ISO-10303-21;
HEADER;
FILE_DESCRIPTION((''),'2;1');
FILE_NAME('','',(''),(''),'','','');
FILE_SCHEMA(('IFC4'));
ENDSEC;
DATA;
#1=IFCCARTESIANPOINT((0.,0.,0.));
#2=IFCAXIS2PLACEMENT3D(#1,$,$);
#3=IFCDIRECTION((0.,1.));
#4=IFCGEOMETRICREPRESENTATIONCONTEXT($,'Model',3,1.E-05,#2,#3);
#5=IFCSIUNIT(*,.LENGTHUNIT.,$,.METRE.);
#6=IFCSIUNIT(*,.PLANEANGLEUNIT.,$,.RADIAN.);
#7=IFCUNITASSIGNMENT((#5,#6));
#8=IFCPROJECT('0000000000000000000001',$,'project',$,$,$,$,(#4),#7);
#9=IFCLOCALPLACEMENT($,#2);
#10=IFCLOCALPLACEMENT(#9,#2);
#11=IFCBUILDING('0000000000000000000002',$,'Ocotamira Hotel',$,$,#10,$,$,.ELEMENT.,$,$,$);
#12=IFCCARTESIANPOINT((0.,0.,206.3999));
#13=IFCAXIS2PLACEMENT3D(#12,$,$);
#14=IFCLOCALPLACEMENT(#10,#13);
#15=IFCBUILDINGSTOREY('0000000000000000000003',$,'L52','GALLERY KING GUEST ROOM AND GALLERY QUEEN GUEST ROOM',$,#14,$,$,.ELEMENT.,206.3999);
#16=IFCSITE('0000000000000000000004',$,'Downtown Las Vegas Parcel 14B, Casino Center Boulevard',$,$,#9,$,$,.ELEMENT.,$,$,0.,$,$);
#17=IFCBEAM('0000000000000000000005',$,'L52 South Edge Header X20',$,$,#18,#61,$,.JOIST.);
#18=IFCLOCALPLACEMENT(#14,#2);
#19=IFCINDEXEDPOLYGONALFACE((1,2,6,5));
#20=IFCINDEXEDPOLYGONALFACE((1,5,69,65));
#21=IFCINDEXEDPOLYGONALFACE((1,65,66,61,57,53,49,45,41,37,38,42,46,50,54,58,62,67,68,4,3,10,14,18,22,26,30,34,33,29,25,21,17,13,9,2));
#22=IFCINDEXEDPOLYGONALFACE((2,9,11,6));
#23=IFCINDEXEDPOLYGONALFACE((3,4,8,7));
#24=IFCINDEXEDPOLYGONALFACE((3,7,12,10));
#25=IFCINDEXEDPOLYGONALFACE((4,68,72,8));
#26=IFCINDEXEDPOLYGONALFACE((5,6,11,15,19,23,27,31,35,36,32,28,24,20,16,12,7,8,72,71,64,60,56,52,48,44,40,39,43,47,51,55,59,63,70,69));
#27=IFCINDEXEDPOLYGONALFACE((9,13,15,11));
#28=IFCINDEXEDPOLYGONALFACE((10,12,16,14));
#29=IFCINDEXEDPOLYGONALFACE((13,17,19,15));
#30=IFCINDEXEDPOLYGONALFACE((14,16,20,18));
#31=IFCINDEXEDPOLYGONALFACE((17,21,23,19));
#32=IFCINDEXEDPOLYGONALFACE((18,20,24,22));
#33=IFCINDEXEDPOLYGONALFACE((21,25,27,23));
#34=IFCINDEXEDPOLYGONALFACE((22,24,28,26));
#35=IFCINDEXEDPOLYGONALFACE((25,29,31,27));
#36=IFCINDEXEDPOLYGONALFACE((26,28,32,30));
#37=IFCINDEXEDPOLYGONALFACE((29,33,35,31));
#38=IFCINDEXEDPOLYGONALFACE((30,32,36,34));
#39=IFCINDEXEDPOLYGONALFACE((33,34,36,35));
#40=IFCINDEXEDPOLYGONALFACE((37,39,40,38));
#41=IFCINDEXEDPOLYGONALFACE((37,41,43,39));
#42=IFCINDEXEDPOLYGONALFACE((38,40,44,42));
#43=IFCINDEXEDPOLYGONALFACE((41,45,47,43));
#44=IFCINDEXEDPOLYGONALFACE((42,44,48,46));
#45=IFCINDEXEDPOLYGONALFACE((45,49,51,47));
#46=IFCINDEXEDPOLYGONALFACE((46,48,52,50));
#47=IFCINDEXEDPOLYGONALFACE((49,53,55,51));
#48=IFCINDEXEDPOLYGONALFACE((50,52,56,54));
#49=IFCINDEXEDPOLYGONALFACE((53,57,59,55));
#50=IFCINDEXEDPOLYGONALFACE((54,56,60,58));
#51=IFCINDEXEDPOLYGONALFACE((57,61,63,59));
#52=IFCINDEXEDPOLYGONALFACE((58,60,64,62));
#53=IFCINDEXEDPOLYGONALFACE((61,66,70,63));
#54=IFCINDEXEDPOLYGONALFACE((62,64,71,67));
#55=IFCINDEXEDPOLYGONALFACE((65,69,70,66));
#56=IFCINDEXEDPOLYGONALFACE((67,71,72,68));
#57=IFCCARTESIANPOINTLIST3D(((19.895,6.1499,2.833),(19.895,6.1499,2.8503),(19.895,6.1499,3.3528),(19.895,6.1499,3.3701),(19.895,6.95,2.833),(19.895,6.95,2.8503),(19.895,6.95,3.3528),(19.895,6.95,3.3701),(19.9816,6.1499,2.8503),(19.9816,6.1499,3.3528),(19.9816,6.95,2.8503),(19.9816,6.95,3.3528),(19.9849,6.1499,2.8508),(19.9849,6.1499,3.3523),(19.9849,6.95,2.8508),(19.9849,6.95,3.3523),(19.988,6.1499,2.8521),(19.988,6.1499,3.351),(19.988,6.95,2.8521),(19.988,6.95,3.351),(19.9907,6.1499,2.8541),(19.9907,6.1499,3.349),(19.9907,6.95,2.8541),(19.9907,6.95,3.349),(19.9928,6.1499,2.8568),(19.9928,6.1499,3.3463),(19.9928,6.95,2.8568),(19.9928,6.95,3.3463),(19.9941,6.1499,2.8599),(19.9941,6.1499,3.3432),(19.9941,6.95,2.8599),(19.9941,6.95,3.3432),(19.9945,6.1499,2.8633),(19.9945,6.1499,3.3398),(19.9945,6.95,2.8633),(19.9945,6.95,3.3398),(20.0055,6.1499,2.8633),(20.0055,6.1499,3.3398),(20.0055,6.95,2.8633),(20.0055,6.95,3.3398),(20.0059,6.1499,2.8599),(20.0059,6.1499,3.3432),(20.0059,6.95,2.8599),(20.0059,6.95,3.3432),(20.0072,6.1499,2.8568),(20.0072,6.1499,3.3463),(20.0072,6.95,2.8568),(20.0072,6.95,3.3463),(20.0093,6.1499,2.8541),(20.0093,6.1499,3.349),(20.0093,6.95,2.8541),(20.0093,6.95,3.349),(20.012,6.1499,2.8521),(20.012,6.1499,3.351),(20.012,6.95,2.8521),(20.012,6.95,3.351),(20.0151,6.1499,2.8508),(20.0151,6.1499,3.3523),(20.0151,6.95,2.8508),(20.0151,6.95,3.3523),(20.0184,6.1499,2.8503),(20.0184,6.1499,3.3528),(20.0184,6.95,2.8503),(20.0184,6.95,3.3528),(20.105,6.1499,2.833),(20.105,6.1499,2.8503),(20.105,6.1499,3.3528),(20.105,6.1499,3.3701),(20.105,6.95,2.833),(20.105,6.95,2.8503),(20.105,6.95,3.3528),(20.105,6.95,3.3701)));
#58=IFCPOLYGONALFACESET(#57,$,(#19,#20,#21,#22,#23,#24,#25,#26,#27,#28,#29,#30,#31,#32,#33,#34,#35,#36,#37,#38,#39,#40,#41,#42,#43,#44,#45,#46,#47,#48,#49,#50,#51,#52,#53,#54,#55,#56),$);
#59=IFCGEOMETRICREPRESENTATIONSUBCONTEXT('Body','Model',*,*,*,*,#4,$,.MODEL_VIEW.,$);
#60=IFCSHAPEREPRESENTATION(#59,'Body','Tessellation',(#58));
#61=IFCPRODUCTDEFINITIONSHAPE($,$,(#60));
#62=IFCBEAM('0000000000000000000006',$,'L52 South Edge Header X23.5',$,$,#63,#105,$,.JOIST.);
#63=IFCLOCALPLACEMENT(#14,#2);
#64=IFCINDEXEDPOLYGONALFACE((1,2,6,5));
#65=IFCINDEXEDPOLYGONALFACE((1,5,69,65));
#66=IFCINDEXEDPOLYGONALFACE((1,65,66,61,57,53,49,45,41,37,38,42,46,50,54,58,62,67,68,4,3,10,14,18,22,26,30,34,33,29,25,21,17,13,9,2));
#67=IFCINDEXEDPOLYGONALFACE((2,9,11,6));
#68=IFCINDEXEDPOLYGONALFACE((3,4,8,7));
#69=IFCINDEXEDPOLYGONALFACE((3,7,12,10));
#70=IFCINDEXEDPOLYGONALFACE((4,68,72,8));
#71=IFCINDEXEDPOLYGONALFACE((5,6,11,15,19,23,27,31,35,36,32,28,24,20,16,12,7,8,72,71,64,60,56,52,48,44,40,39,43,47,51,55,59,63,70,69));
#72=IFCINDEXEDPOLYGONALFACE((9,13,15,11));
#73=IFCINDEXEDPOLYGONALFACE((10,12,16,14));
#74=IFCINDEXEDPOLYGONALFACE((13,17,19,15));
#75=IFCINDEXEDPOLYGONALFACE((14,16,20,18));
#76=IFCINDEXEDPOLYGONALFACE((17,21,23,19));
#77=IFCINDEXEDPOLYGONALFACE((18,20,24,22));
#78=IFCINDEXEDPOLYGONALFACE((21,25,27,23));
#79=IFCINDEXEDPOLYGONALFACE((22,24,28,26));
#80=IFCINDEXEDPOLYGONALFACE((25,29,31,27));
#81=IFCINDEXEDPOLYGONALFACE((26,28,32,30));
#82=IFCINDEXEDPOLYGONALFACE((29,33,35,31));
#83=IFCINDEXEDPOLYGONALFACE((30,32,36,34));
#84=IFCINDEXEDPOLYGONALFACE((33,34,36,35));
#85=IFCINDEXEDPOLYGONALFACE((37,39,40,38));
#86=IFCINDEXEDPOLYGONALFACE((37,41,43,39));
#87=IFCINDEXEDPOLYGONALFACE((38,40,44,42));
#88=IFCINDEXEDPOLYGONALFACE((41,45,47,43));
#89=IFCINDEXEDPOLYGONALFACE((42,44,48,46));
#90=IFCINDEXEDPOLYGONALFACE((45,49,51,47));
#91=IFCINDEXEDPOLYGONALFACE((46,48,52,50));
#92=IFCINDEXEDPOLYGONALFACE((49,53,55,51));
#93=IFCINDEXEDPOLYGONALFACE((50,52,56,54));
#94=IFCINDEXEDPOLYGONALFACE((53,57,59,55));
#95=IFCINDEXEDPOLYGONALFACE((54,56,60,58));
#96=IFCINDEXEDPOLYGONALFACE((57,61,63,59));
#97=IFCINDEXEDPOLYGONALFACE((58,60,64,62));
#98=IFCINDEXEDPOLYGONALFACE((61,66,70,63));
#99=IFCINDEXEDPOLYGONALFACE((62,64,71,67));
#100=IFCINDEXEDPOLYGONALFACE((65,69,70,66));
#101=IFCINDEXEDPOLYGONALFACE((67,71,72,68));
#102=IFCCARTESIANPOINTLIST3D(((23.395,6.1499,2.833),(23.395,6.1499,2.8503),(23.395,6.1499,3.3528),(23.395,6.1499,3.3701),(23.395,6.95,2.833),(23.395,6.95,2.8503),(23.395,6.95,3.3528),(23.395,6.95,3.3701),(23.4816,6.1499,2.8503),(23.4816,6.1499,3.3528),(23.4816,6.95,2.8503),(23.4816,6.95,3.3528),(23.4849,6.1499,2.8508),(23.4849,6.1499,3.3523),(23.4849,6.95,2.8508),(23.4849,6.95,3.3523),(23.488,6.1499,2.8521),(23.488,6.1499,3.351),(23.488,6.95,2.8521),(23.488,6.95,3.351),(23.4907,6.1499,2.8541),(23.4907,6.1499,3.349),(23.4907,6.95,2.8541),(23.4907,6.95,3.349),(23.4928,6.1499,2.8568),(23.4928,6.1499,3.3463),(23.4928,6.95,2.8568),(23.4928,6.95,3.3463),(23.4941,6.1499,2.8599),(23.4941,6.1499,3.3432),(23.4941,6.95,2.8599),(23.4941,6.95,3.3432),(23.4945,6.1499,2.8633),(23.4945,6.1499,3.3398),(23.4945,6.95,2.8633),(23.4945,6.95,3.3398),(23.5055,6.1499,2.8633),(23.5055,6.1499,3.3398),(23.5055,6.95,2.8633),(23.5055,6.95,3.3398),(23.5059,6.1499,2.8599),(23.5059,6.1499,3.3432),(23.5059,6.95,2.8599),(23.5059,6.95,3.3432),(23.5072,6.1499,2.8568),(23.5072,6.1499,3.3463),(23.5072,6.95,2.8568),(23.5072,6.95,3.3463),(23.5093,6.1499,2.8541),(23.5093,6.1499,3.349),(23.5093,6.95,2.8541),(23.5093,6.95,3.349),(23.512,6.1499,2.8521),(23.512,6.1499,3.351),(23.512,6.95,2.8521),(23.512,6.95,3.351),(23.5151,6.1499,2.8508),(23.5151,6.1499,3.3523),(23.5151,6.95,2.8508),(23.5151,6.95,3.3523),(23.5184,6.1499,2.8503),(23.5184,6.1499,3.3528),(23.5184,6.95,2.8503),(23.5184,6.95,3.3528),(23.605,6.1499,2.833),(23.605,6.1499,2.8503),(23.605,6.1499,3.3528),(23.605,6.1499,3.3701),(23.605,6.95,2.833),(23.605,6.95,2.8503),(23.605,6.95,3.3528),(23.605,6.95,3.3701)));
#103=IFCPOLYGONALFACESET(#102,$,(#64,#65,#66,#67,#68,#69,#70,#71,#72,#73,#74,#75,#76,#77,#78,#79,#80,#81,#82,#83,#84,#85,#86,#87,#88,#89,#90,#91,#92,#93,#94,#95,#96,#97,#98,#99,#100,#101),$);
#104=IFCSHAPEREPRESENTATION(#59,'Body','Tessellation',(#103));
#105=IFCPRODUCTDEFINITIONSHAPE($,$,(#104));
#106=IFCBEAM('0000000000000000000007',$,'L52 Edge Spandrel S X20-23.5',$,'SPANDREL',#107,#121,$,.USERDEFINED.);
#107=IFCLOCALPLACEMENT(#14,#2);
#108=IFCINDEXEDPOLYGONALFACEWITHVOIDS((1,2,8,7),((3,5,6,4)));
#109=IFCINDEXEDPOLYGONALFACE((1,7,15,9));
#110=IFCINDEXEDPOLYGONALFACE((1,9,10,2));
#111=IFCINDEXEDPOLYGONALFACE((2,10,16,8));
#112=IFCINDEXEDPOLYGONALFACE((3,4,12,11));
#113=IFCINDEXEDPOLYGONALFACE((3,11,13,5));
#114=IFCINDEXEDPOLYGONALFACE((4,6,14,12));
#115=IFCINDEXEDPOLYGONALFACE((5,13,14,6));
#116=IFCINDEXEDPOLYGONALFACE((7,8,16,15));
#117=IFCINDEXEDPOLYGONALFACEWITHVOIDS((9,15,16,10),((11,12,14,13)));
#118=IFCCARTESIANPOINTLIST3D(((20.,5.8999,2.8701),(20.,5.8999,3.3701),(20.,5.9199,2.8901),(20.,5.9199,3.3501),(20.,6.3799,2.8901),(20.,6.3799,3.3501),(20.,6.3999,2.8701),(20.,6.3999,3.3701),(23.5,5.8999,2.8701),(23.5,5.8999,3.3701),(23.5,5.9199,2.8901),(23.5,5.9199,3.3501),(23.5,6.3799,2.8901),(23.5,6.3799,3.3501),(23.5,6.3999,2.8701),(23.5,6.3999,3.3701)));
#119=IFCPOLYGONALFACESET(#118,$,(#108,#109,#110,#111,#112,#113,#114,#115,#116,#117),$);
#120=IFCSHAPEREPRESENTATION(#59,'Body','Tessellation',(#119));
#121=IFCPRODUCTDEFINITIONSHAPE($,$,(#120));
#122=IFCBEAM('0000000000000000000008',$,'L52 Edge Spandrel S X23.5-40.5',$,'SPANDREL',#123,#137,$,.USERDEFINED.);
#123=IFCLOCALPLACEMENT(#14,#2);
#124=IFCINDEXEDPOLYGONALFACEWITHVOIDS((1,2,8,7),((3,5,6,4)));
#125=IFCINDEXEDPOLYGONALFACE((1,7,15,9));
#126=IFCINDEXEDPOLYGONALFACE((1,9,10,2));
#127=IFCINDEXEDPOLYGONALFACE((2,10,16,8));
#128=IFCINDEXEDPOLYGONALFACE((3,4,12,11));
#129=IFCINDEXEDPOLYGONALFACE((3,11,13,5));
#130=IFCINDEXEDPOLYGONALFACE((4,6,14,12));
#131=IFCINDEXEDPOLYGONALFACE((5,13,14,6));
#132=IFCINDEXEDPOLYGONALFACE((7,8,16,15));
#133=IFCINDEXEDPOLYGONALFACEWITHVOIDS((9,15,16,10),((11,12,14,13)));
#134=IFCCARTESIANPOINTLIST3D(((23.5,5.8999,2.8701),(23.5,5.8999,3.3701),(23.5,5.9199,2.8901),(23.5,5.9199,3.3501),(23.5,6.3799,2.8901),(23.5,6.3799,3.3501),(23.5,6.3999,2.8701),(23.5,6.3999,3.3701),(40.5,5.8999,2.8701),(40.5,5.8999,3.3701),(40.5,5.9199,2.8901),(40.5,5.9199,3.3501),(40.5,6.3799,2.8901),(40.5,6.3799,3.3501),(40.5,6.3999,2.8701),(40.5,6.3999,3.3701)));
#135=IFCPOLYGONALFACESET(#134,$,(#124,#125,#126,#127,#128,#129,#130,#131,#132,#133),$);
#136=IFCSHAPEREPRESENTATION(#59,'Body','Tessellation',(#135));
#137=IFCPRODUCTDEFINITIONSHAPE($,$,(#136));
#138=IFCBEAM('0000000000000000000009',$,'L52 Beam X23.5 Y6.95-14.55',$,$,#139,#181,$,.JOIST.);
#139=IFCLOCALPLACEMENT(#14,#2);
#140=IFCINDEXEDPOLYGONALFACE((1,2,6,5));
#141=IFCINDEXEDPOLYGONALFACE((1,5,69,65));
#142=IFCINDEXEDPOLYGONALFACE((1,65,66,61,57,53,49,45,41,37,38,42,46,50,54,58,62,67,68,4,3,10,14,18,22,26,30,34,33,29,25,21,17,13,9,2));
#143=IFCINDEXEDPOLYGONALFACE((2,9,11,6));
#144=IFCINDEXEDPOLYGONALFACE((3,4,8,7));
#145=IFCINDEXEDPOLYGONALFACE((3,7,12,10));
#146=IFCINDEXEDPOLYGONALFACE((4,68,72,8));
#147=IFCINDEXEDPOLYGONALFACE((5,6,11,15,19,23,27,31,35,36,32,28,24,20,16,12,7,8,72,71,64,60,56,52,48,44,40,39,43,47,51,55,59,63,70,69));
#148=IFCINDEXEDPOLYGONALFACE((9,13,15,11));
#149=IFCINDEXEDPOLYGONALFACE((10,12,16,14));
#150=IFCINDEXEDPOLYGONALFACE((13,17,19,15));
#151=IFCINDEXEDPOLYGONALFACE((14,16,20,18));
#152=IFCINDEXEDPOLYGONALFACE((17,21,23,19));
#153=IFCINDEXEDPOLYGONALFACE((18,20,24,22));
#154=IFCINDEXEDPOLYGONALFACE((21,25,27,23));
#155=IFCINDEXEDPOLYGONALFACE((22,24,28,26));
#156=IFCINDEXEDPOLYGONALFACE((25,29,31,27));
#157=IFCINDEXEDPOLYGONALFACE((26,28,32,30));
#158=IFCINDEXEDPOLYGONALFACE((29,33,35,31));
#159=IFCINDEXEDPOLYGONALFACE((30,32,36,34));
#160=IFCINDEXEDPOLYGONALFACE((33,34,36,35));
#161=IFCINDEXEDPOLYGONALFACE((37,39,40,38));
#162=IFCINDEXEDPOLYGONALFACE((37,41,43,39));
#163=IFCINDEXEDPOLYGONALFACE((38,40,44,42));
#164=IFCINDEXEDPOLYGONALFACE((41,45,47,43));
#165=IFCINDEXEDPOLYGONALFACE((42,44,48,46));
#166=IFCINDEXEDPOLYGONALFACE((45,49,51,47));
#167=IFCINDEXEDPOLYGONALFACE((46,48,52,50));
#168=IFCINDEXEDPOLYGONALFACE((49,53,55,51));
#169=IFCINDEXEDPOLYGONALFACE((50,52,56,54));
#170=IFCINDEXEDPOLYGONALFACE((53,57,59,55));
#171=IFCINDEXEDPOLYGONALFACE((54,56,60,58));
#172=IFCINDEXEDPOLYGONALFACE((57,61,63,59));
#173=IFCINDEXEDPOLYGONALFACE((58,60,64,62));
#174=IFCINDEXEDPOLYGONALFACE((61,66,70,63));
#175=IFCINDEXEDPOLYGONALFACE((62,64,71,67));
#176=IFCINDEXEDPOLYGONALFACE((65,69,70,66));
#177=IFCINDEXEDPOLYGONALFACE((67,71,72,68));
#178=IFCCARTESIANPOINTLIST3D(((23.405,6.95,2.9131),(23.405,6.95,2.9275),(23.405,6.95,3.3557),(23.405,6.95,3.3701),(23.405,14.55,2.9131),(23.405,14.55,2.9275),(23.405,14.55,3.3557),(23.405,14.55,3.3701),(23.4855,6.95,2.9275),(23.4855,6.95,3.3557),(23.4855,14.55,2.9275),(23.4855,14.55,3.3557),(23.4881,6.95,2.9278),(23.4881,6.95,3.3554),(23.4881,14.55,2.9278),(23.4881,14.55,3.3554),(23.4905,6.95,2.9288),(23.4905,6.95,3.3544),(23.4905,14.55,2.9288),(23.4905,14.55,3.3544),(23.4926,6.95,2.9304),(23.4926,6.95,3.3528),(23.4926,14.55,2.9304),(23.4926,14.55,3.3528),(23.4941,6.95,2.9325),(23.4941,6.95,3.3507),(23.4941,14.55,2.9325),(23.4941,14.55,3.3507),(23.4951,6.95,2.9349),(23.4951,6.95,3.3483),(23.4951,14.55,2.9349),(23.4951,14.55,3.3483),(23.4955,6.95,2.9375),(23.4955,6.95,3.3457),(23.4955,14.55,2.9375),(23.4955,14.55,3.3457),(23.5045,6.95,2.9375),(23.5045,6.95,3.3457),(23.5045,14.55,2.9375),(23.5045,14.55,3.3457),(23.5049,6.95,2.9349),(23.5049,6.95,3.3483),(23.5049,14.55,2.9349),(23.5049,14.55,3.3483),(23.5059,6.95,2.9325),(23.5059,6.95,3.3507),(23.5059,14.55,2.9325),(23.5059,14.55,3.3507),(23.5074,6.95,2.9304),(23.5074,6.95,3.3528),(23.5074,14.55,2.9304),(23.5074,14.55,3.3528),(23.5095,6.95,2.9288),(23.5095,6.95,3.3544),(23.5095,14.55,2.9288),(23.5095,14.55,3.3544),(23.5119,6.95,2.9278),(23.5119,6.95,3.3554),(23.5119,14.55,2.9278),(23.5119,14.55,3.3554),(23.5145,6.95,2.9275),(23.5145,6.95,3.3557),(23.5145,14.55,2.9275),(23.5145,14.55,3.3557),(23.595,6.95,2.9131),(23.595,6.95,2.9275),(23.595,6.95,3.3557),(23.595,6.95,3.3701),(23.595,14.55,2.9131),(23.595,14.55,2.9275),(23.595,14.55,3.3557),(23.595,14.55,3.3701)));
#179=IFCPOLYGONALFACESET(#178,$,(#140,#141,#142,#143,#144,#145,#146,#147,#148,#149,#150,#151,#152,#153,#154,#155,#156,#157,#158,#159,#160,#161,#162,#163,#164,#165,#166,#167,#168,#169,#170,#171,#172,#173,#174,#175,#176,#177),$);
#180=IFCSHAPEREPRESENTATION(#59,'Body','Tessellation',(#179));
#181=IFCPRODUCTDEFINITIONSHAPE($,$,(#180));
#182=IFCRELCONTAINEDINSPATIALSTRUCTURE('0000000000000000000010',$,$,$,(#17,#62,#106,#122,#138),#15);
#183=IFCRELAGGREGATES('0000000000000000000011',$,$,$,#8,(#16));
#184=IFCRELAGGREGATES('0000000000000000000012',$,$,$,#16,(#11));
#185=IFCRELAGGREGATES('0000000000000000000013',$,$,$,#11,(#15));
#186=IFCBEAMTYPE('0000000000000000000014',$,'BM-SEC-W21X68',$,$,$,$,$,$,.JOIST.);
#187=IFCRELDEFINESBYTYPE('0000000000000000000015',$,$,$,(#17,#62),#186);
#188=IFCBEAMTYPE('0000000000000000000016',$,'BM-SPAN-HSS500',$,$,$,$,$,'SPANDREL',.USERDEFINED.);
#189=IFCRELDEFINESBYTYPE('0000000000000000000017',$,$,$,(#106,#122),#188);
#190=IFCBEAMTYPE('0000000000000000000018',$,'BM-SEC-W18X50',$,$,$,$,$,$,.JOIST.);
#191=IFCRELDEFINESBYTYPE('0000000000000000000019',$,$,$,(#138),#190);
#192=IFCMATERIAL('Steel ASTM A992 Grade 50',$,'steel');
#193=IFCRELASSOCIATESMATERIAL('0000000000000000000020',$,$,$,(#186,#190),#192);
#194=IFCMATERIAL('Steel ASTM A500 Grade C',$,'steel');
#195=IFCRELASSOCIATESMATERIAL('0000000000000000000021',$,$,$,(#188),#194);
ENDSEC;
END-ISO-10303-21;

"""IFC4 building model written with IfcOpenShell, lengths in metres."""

from ifc_helpers import new_model, si_unit, direction, frame, origin, origin_2d, place, context, subcontext, project, spatial, hollow_rectangle, i_section, extrude, source, transform, mapped, material, material_profile, profile_set, type_object, element, save


model = new_model("IFC4")

# Units and contexts
model_context = context("Model", 3, precision=1e-05, world=origin(), true_north=direction((0.0, 1.0)))
body_context = subcontext(model_context, "Body", "Model", "MODEL_VIEW")
ifc_project = project(units=[si_unit("LENGTHUNIT", "METRE"), si_unit("PLANEANGLEUNIT", "RADIAN")], contexts=[model_context])

# Site, building, storey
site_placement = place(None, origin())
site = spatial("IfcSite", under=ifc_project, at=site_placement, Name="Downtown Las Vegas Parcel 14B, Casino Center Boulevard", CompositionType="ELEMENT", RefElevation=0.0)
building_placement = place(site_placement, origin())
building = spatial("IfcBuilding", under=site, at=building_placement, Name="Ocotamira Hotel", CompositionType="ELEMENT")
storey_placement = place(building_placement, frame((0.0, 0.0, 206.3999)))
storey = spatial("IfcBuildingStorey", under=building, at=storey_placement, Name="L52", Description="GALLERY KING GUEST ROOM AND GALLERY QUEEN GUEST ROOM", CompositionType="ELEMENT", Elevation=206.3999)

# Beams
ifc_material_1 = material(Name="Steel ASTM A992 Grade 50", Category="steel")
ifc_material_profile_1 = material_profile(ifc_material_1, i_section(OverallWidth=0.21, OverallDepth=0.5371, WebThickness=0.011, FlangeThickness=0.0173, FilletRadius=0.0129, at=origin_2d()), Name="W21X68")
ifc_profile_set_1 = profile_set([ifc_material_profile_1], Name="Steel ASTM A992 Grade 50")
beam_type_1 = type_object("IfcBeamType", Name="BM-SEC-W21X68", PredefinedType="JOIST", material=ifc_profile_set_1)
shared_shape_1 = source(origin(), body_context, "Body", "SweptSolid", [
    extrude(i_section(OverallWidth=0.21, OverallDepth=0.5371, WebThickness=0.011, FlangeThickness=0.0173, FilletRadius=0.0129, at=origin_2d()), origin(), (0.0, 0.0, 1.0), 0.8),
])
for number, where, z_axis, x_axis, name in (
    (1, (20.0, 6.95, 3.1016), (0.0, -1.0, 0.0), (1.0, 0.0, 0.0), "L52 South Edge Header X20"),
    (2, (23.5, 6.95, 3.1016), (0.0, -1.0, 0.0), (1.0, 0.0, 0.0), "L52 South Edge Header X23.5"),
):
    element("IfcBeam", number, at=place(storey_placement, frame(where, z_axis=z_axis, x_axis=x_axis)), inside=storey, type_object=beam_type_1, Name=name, PredefinedType="JOIST", context=body_context, shape_type="MappedRepresentation", body=[
        mapped(shared_shape_1, transform((0.0, 0.0, 0.0), scale=1.0)),
    ])
ifc_material_2 = material(Name="Steel ASTM A500 Grade C", Category="steel")
ifc_material_profile_2 = material_profile(ifc_material_2, hollow_rectangle(XDim=0.5, YDim=0.5, WallThickness=0.02, at=origin_2d()), Name="HSS500X500X20")
ifc_profile_set_2 = profile_set([ifc_material_profile_2], Name="Steel ASTM A500 Grade C")
beam_type_2 = type_object("IfcBeamType", Name="BM-SPAN-HSS500", ElementType="SPANDREL", PredefinedType="USERDEFINED", material=ifc_profile_set_2)
shared_shape_2 = source(origin(), body_context, "Body", "SweptSolid", [
    extrude(hollow_rectangle(XDim=0.5, YDim=0.5, WallThickness=0.02, at=origin_2d()), origin(), (0.0, 0.0, 1.0), 3.5),
])
beam_1_placement = place(storey_placement, frame((20.0, 6.1499, 3.1201), z_axis=(1.0, 0.0, 0.0), x_axis=(0.0, 1.0, 0.0)))
element("IfcBeam", 3, at=beam_1_placement, inside=storey, type_object=beam_type_2, Name="L52 Edge Spandrel S X20-23.5", ObjectType="SPANDREL", PredefinedType="USERDEFINED", context=body_context, shape_type="MappedRepresentation", body=[
    mapped(shared_shape_2, transform((0.0, 0.0, 0.0), scale=1.0)),
])
shared_shape_3 = source(origin(), body_context, "Body", "SweptSolid", [
    extrude(hollow_rectangle(XDim=0.5, YDim=0.5, WallThickness=0.02, at=origin_2d()), origin(), (0.0, 0.0, 1.0), 17.0),
])
beam_2_placement = place(storey_placement, frame((23.5, 6.1499, 3.1201), z_axis=(1.0, 0.0, 0.0), x_axis=(0.0, 1.0, 0.0)))
element("IfcBeam", 4, at=beam_2_placement, inside=storey, type_object=beam_type_2, Name="L52 Edge Spandrel S X23.5-40.5", ObjectType="SPANDREL", PredefinedType="USERDEFINED", context=body_context, shape_type="MappedRepresentation", body=[
    mapped(shared_shape_3, transform((0.0, 0.0, 0.0), scale=1.0)),
])
ifc_material_profile_3 = material_profile(ifc_material_1, i_section(OverallWidth=0.1899, OverallDepth=0.457, WebThickness=0.009, FlangeThickness=0.0144, FilletRadius=0.01, at=origin_2d()), Name="W18X50")
ifc_profile_set_3 = profile_set([ifc_material_profile_3], Name="Steel ASTM A992 Grade 50")
beam_type_3 = type_object("IfcBeamType", Name="BM-SEC-W18X50", PredefinedType="JOIST", material=ifc_profile_set_3)
shared_shape_4 = source(origin(), body_context, "Body", "SweptSolid", [
    extrude(i_section(OverallWidth=0.1899, OverallDepth=0.457, WebThickness=0.009, FlangeThickness=0.0144, FilletRadius=0.01, at=origin_2d()), origin(), (0.0, 0.0, 1.0), 7.6001),
])
beam_3_placement = place(storey_placement, frame((23.5, 6.95, 3.1416), z_axis=(0.0, 1.0, 0.0), x_axis=(-1.0, 0.0, 0.0)))
element("IfcBeam", 5, at=beam_3_placement, inside=storey, type_object=beam_type_3, Name="L52 Beam X23.5 Y6.95-14.55", PredefinedType="JOIST", context=body_context, shape_type="MappedRepresentation", body=[
    mapped(shared_shape_4, transform((0.0, 0.0, 0.0), scale=1.0)),
])

save(model, "model.ifc")
